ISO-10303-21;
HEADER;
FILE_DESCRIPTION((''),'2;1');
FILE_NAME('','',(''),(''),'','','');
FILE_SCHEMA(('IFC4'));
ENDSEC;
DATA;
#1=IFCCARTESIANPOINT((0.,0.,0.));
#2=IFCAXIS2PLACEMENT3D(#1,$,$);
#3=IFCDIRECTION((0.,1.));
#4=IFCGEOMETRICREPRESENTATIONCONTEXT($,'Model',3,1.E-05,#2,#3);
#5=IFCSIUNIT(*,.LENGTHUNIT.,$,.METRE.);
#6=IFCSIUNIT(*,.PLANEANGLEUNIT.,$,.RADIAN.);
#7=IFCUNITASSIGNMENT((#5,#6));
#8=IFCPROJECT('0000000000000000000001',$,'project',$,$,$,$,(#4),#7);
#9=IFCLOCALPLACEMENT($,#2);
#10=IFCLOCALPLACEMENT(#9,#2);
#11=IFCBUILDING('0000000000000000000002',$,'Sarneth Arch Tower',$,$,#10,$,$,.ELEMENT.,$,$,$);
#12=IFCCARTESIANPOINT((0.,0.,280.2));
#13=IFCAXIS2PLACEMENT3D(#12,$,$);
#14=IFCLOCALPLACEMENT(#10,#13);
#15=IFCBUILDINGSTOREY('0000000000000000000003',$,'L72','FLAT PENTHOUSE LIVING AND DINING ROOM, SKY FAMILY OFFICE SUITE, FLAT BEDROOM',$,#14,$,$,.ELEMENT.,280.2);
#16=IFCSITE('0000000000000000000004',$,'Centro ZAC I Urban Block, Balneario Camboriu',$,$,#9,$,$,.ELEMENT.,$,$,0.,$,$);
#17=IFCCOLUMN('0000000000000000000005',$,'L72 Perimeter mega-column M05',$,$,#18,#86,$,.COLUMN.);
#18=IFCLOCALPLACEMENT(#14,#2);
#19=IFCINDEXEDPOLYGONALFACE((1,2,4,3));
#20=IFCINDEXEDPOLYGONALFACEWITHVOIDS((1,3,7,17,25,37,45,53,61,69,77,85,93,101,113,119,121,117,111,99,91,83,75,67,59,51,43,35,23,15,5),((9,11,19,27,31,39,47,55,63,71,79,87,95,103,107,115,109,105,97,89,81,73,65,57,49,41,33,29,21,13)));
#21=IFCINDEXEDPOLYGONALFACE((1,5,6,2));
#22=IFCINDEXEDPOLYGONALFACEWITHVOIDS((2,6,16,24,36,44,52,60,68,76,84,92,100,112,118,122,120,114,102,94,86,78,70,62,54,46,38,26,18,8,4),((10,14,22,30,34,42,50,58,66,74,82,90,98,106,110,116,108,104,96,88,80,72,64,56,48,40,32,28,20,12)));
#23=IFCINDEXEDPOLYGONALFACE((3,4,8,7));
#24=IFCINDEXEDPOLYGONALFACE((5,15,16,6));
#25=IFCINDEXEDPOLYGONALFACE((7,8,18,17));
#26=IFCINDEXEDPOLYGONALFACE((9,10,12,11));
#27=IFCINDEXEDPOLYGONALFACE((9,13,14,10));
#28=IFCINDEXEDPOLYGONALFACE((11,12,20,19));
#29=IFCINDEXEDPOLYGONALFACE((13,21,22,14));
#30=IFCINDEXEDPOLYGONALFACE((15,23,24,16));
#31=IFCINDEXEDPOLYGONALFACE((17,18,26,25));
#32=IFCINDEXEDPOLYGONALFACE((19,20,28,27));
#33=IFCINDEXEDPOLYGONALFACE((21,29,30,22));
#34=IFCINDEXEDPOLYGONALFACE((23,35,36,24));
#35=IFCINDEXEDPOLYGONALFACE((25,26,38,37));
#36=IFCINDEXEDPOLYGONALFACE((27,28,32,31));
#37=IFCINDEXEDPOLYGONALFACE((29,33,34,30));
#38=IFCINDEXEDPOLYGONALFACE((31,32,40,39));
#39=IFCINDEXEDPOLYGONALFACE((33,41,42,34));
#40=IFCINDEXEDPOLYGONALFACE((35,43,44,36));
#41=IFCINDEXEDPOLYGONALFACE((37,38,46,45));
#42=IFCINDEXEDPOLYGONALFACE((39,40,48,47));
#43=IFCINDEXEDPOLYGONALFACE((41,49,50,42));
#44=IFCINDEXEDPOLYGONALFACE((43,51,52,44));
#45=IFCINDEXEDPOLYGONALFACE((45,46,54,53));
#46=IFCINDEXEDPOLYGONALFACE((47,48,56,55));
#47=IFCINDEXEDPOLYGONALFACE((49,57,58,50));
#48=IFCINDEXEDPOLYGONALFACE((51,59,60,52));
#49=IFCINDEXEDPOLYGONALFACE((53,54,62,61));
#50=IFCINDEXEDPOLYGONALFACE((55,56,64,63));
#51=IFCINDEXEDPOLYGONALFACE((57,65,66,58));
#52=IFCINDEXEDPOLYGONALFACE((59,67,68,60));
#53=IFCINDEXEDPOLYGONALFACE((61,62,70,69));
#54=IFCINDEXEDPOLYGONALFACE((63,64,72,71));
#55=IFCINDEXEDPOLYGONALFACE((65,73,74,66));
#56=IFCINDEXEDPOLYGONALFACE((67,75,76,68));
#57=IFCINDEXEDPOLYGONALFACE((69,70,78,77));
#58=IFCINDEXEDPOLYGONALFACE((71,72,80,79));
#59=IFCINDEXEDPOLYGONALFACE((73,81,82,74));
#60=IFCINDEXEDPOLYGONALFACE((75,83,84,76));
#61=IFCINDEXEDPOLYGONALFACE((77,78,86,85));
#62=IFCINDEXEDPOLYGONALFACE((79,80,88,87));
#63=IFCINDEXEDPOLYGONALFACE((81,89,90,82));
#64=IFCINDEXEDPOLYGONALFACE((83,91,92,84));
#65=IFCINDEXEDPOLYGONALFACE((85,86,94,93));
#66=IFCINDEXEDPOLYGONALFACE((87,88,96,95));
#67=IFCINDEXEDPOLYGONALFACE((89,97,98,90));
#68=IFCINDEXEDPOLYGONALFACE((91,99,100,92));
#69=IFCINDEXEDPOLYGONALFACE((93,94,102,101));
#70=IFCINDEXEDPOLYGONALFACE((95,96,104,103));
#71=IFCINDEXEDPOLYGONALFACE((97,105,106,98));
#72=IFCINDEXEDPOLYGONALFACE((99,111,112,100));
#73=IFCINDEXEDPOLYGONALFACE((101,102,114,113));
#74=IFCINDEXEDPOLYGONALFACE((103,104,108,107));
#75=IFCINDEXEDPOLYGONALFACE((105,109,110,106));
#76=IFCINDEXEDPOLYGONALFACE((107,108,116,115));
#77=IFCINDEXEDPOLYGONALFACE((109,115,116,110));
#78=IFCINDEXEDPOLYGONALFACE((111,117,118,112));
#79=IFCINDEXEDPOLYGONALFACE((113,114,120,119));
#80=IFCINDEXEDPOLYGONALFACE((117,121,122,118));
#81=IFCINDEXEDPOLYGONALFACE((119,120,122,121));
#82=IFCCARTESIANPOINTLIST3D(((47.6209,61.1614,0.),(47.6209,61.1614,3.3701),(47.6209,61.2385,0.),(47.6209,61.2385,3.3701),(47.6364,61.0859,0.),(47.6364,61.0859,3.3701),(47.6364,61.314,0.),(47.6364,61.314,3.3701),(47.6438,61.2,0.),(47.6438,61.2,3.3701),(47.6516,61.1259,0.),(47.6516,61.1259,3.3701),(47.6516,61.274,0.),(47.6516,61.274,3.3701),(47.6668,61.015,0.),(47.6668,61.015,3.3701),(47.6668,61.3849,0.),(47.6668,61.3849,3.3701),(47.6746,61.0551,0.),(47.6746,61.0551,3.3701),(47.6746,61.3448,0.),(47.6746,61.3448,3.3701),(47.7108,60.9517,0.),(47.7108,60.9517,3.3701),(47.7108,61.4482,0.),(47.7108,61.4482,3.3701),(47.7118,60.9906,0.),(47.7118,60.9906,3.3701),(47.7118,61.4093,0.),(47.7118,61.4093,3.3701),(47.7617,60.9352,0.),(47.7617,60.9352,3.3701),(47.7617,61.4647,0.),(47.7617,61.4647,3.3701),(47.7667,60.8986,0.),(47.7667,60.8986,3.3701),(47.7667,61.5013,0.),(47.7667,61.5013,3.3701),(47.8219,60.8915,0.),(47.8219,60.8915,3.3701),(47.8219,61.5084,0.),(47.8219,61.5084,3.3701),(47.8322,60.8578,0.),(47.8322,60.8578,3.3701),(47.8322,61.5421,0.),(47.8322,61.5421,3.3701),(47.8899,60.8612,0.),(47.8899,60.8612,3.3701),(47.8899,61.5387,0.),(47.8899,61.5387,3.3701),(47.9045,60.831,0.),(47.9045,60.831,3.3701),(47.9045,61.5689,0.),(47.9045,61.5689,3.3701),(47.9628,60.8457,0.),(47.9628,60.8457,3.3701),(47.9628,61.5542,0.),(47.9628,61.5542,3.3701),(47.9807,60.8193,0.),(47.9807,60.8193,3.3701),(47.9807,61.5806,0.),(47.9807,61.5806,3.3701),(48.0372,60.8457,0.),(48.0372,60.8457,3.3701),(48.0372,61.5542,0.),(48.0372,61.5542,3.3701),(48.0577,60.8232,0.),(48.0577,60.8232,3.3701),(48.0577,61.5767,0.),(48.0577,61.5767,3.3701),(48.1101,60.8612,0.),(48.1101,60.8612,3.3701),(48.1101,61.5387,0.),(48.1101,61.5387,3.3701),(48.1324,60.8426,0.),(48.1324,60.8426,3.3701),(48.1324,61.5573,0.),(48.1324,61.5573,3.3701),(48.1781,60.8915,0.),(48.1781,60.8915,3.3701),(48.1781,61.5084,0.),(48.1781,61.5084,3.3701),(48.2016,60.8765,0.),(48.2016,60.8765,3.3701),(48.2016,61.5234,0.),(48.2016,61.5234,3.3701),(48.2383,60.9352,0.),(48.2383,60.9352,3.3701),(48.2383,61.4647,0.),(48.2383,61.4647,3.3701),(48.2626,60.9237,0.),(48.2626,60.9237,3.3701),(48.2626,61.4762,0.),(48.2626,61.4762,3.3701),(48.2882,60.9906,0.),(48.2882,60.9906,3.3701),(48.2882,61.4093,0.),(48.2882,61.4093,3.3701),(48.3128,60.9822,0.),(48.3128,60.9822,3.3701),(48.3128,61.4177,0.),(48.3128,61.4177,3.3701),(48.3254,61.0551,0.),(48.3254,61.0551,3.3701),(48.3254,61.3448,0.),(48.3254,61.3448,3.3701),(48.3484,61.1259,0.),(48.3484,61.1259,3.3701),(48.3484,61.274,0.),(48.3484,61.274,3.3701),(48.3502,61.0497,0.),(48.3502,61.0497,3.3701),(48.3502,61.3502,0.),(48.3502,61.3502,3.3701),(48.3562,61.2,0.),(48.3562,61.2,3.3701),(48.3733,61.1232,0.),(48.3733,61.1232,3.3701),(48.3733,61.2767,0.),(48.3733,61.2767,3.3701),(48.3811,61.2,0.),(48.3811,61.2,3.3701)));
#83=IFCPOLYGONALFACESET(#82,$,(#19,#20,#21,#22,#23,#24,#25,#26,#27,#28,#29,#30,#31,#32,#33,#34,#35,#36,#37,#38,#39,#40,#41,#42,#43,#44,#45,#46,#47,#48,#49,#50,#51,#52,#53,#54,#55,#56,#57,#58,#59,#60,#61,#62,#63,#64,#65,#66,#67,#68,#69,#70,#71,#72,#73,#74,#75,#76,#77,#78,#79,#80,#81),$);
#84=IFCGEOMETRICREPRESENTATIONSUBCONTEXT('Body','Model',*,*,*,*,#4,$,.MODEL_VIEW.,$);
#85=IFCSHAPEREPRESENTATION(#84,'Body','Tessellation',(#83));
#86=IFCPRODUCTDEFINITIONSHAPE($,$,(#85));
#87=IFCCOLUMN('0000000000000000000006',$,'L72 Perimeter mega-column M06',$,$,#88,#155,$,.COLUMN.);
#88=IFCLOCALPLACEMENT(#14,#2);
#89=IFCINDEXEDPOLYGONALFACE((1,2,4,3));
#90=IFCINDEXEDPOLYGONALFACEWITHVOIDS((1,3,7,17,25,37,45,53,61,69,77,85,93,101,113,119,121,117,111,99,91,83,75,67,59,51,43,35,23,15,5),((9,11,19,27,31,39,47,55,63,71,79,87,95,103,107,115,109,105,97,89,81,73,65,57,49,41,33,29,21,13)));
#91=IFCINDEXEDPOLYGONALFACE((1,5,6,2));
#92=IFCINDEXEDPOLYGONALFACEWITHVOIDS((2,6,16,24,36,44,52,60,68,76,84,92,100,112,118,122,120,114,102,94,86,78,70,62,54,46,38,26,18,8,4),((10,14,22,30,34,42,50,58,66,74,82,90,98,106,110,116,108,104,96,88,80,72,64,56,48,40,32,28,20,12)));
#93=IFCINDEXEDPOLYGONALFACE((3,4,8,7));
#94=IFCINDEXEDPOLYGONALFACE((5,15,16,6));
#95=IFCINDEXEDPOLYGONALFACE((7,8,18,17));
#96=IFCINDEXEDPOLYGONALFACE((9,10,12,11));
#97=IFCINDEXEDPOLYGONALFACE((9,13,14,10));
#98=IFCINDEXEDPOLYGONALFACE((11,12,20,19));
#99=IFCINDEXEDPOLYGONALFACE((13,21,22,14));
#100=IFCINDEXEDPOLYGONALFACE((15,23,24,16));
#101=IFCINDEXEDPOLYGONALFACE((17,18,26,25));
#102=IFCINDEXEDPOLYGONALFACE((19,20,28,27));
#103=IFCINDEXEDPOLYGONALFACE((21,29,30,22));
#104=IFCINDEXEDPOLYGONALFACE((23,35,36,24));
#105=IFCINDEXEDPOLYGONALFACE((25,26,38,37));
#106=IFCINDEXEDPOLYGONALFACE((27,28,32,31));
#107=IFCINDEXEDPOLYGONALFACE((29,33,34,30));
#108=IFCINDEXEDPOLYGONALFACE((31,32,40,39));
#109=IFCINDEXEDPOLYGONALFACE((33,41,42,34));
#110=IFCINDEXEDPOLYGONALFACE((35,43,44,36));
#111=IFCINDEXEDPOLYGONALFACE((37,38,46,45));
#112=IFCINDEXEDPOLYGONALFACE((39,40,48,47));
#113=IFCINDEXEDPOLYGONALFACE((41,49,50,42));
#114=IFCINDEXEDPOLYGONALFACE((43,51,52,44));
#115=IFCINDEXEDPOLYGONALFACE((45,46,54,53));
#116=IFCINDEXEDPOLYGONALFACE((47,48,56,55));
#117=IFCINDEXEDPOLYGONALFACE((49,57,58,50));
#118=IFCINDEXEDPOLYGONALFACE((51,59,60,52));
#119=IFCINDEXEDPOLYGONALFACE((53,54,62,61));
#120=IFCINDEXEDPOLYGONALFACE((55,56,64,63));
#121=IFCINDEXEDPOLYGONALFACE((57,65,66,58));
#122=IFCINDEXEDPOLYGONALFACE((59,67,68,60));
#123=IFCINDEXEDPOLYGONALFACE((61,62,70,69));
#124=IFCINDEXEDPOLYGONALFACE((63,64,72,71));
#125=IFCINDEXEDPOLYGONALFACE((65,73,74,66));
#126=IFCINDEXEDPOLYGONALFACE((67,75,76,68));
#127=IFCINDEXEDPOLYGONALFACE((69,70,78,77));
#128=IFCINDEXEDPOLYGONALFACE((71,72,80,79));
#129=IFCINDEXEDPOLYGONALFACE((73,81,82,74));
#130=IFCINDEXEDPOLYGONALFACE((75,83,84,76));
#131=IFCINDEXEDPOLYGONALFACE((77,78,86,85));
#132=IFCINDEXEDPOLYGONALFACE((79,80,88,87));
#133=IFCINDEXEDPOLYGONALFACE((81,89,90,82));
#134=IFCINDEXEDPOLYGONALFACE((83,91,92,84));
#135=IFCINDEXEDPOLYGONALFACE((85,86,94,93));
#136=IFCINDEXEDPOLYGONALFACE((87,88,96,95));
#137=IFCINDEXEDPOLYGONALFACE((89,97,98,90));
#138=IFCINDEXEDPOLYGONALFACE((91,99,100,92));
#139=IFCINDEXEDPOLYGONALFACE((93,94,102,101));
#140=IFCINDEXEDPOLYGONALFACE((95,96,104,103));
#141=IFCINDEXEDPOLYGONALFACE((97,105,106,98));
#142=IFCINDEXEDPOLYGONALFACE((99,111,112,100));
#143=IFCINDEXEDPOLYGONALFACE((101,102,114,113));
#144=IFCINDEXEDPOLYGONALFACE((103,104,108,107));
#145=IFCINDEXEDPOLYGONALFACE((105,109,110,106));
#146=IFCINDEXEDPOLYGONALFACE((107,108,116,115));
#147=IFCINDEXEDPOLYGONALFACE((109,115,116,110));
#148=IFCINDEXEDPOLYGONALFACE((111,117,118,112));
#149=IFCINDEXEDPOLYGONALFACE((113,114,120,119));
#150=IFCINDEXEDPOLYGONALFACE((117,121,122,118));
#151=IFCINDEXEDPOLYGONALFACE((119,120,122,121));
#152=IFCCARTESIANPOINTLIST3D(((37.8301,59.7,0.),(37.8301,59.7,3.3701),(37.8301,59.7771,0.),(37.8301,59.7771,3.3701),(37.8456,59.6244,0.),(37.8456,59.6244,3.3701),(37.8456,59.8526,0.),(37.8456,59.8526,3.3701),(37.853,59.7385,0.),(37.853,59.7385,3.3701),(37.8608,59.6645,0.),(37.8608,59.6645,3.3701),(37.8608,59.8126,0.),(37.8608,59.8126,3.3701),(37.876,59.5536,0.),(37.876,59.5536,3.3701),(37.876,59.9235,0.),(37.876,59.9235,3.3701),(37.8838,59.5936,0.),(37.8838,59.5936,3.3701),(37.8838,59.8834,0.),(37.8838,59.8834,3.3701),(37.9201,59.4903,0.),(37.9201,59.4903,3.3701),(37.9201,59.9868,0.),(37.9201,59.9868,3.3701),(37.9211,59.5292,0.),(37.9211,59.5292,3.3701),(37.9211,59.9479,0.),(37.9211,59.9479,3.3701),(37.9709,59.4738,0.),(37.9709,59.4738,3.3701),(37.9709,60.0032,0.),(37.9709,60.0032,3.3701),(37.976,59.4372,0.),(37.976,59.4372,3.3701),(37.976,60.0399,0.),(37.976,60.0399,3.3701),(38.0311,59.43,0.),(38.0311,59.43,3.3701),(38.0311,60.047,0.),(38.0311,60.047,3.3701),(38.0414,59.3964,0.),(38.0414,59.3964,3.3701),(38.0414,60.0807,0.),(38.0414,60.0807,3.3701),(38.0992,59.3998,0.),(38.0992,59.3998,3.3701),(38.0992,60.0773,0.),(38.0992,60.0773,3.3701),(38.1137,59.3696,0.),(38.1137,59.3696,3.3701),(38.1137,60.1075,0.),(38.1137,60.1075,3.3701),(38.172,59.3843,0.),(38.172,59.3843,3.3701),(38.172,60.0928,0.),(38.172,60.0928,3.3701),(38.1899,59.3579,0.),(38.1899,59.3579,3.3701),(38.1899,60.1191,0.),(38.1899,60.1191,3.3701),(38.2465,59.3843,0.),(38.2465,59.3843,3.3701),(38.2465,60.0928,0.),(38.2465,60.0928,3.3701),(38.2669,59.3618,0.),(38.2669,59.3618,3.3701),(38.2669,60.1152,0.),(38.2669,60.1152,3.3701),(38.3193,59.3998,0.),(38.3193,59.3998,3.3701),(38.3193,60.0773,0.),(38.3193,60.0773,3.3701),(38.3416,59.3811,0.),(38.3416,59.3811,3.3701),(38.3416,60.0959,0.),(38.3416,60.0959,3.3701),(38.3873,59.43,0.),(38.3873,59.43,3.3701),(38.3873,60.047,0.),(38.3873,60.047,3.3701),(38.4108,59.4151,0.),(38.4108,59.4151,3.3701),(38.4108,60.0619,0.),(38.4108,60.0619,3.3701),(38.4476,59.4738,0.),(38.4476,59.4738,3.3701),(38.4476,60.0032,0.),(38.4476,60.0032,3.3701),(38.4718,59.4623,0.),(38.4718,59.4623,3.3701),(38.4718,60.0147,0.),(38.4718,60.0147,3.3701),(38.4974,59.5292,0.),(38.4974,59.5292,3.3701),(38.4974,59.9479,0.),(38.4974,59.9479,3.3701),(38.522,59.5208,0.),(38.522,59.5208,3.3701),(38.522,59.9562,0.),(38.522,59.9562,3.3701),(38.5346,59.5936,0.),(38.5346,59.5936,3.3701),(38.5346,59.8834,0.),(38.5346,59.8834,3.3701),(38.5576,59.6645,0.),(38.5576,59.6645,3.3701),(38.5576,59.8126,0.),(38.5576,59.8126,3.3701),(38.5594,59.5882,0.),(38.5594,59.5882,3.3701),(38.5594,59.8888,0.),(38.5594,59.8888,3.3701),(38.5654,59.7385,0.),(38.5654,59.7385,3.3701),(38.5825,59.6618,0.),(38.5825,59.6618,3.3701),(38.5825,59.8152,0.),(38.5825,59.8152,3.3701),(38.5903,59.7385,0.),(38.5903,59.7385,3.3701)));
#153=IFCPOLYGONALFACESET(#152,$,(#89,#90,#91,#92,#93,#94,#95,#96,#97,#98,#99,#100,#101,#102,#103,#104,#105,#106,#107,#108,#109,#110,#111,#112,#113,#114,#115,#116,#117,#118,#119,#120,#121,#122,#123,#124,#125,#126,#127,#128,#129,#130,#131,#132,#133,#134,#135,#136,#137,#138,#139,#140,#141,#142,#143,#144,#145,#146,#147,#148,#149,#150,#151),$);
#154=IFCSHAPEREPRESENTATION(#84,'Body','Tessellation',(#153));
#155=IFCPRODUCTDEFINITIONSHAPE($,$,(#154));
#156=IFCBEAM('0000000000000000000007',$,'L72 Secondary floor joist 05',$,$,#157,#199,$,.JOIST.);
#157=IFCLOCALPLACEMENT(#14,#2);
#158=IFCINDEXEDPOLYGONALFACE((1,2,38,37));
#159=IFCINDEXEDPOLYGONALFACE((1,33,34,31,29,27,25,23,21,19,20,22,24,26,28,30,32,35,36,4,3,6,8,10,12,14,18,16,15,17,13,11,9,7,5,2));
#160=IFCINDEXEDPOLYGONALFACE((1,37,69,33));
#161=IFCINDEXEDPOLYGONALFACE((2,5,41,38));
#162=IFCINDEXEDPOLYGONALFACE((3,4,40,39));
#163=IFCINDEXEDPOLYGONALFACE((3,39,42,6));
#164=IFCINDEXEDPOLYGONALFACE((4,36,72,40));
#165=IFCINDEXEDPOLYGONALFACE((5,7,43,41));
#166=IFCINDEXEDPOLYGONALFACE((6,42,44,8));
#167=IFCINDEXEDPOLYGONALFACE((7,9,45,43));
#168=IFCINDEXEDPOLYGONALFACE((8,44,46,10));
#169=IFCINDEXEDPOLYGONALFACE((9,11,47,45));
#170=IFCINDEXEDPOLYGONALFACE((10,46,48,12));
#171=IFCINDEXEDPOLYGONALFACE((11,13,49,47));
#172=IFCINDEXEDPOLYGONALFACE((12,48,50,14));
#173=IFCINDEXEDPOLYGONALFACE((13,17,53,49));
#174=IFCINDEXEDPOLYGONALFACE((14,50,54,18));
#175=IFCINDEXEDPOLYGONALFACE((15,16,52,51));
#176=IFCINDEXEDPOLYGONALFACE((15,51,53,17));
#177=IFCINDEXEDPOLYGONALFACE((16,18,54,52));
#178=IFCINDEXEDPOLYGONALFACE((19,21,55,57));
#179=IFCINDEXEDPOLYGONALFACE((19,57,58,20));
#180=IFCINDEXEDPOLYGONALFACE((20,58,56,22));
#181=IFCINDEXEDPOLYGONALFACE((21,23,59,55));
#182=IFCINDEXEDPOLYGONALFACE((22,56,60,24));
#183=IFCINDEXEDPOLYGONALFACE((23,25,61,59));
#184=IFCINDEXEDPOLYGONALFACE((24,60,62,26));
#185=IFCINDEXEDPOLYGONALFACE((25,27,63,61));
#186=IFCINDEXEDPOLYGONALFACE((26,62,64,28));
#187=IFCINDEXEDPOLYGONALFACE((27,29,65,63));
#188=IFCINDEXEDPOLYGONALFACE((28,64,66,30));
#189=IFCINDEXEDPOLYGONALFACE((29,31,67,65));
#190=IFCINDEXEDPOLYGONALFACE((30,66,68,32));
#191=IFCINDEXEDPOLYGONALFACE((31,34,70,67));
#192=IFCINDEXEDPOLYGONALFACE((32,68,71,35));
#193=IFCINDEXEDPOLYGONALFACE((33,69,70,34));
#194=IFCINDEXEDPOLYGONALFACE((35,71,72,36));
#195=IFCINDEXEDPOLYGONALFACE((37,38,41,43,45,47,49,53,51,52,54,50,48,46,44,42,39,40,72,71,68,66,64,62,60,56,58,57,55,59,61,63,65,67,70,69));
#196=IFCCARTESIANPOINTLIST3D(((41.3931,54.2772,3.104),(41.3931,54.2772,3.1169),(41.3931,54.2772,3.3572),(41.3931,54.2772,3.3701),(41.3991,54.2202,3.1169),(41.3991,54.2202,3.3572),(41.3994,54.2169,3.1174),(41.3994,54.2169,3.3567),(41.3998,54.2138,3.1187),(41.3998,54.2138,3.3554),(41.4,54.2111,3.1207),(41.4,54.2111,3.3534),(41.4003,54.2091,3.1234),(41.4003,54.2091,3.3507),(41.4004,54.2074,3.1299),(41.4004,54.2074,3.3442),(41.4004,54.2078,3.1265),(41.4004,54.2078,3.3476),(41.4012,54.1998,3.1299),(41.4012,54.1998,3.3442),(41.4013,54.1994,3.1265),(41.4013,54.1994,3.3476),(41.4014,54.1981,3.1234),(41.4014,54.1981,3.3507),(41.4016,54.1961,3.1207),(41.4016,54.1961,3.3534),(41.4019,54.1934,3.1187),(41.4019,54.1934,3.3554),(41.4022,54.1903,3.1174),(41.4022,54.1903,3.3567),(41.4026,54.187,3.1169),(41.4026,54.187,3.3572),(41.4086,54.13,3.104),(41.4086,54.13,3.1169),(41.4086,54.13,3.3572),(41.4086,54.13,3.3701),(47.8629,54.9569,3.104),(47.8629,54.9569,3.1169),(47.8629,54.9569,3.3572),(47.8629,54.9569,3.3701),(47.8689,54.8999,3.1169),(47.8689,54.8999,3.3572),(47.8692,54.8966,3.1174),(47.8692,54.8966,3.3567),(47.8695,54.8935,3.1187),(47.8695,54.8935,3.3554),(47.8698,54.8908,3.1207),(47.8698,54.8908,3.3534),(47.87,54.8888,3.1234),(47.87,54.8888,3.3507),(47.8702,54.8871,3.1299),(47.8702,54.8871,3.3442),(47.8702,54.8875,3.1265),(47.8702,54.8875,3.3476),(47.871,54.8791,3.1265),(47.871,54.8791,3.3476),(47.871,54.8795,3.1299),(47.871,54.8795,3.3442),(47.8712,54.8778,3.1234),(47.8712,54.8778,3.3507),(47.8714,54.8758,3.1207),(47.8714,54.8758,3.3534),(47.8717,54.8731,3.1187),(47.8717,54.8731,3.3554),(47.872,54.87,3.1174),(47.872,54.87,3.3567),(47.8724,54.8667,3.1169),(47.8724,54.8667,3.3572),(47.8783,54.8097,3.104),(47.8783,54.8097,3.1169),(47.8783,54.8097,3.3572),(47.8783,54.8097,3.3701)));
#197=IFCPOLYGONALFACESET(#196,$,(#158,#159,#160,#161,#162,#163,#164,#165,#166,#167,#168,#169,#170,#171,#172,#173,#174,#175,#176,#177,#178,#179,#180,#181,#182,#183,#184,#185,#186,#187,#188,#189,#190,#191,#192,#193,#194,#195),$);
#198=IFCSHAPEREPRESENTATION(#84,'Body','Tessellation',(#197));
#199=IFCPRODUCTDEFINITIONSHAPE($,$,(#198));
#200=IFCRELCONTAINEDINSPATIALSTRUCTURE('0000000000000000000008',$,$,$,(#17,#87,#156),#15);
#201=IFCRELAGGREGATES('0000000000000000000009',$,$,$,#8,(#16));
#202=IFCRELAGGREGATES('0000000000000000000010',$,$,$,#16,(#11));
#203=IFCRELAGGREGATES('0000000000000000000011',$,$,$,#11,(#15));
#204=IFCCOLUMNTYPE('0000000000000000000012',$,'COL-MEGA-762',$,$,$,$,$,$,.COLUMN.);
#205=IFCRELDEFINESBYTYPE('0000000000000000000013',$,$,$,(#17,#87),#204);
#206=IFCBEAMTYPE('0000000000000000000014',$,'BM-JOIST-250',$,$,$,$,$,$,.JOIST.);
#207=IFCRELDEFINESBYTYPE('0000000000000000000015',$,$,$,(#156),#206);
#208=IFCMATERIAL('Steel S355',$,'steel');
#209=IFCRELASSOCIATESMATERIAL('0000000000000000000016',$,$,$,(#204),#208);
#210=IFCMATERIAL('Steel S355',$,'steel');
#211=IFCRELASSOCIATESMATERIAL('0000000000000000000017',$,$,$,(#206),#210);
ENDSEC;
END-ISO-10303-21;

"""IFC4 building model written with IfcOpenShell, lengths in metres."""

from ifc_helpers import new_model, si_unit, direction, frame, origin, origin_2d, place, context, subcontext, project, spatial, hollow_circle, i_section, extrude, material, material_profile, profile_set, type_object, element, save


model = new_model("IFC4")

# Units and contexts
model_context = context("Model", 3, precision=1e-05, world=origin(), true_north=direction((0.0, 1.0)))
body_context = subcontext(model_context, "Body", "Model", "MODEL_VIEW")
ifc_project = project(units=[si_unit("LENGTHUNIT", "METRE"), si_unit("PLANEANGLEUNIT", "RADIAN")], contexts=[model_context])

# Site, building, storey
site_placement = place(None, origin())
site = spatial("IfcSite", under=ifc_project, at=site_placement, Name="Centro ZAC I Urban Block, Balneario Camboriu", CompositionType="ELEMENT", RefElevation=0.0)
building_placement = place(site_placement, origin())
building = spatial("IfcBuilding", under=site, at=building_placement, Name="Sarneth Arch Tower", CompositionType="ELEMENT")
storey_placement = place(building_placement, frame((0.0, 0.0, 280.2)))
storey = spatial("IfcBuildingStorey", under=building, at=storey_placement, Name="L72", Description="FLAT PENTHOUSE LIVING AND DINING ROOM, SKY FAMILY OFFICE SUITE, FLAT BEDROOM", CompositionType="ELEMENT", Elevation=280.2)

# Columns
ifc_material_1 = material(Name="Steel S355", Category="steel")
ifc_material_profile_1 = material_profile(ifc_material_1, hollow_circle(Radius=0.3811, WallThickness=0.0249, at=origin_2d()), Name="CHS762x25")
ifc_profile_set_1 = profile_set([ifc_material_profile_1], Name="Steel S355")
column_type = type_object("IfcColumnType", Name="COL-MEGA-762", PredefinedType="COLUMN", material=ifc_profile_set_1)
for number, where, z_axis, x_axis, name in (
    (1, (48.0, 61.2, 0.0), (0.0, 0.0, 1.0), (1.0, 0.0, 0.0), "L72 Perimeter mega-column M05"),
    (2, (38.2092, 59.7385, 0.0), (0.0, 0.0, 1.0), (1.0, 0.0, 0.0), "L72 Perimeter mega-column M06"),
):
    element("IfcColumn", number, at=place(storey_placement, frame(where, z_axis=z_axis, x_axis=x_axis)), inside=storey, type_object=column_type, Name=name, PredefinedType="COLUMN", context=body_context, shape_type="SweptSolid", body=[
        extrude(hollow_circle(Radius=0.3811, WallThickness=0.0249, at=origin_2d()), origin(), (0.0, 0.0, 1.0), 3.3701),
    ])

# Beam
ifc_material_2 = material(Name="Steel S355", Category="steel")
ifc_material_profile_2 = material_profile(ifc_material_2, i_section(OverallWidth=0.1479, OverallDepth=0.2661, WebThickness=0.0076, FlangeThickness=0.0129, FilletRadius=0.0129, at=origin_2d()), Name="W250x44.8")
ifc_profile_set_2 = profile_set([ifc_material_profile_2], Name="Steel S355")
beam_type_1 = type_object("IfcBeamType", Name="BM-JOIST-250", PredefinedType="JOIST", material=ifc_profile_set_2)
beam_1_placement = place(storey_placement, frame((47.8706, 54.8833, 3.2371), z_axis=(-0.994527, -0.104482, 0.0), x_axis=(0.104482, -0.994527, 0.0)))
element("IfcBeam", 3, at=beam_1_placement, inside=storey, type_object=beam_type_1, Name="L72 Secondary floor joist 05", PredefinedType="JOIST", context=body_context, shape_type="SweptSolid", body=[
    extrude(i_section(OverallWidth=0.1479, OverallDepth=0.2661, WebThickness=0.0076, FlangeThickness=0.0129, FilletRadius=0.0129, at=origin_2d()), origin(), (0.0, 0.0, 1.0), 6.5054),
])

save(model, "model.ifc")
